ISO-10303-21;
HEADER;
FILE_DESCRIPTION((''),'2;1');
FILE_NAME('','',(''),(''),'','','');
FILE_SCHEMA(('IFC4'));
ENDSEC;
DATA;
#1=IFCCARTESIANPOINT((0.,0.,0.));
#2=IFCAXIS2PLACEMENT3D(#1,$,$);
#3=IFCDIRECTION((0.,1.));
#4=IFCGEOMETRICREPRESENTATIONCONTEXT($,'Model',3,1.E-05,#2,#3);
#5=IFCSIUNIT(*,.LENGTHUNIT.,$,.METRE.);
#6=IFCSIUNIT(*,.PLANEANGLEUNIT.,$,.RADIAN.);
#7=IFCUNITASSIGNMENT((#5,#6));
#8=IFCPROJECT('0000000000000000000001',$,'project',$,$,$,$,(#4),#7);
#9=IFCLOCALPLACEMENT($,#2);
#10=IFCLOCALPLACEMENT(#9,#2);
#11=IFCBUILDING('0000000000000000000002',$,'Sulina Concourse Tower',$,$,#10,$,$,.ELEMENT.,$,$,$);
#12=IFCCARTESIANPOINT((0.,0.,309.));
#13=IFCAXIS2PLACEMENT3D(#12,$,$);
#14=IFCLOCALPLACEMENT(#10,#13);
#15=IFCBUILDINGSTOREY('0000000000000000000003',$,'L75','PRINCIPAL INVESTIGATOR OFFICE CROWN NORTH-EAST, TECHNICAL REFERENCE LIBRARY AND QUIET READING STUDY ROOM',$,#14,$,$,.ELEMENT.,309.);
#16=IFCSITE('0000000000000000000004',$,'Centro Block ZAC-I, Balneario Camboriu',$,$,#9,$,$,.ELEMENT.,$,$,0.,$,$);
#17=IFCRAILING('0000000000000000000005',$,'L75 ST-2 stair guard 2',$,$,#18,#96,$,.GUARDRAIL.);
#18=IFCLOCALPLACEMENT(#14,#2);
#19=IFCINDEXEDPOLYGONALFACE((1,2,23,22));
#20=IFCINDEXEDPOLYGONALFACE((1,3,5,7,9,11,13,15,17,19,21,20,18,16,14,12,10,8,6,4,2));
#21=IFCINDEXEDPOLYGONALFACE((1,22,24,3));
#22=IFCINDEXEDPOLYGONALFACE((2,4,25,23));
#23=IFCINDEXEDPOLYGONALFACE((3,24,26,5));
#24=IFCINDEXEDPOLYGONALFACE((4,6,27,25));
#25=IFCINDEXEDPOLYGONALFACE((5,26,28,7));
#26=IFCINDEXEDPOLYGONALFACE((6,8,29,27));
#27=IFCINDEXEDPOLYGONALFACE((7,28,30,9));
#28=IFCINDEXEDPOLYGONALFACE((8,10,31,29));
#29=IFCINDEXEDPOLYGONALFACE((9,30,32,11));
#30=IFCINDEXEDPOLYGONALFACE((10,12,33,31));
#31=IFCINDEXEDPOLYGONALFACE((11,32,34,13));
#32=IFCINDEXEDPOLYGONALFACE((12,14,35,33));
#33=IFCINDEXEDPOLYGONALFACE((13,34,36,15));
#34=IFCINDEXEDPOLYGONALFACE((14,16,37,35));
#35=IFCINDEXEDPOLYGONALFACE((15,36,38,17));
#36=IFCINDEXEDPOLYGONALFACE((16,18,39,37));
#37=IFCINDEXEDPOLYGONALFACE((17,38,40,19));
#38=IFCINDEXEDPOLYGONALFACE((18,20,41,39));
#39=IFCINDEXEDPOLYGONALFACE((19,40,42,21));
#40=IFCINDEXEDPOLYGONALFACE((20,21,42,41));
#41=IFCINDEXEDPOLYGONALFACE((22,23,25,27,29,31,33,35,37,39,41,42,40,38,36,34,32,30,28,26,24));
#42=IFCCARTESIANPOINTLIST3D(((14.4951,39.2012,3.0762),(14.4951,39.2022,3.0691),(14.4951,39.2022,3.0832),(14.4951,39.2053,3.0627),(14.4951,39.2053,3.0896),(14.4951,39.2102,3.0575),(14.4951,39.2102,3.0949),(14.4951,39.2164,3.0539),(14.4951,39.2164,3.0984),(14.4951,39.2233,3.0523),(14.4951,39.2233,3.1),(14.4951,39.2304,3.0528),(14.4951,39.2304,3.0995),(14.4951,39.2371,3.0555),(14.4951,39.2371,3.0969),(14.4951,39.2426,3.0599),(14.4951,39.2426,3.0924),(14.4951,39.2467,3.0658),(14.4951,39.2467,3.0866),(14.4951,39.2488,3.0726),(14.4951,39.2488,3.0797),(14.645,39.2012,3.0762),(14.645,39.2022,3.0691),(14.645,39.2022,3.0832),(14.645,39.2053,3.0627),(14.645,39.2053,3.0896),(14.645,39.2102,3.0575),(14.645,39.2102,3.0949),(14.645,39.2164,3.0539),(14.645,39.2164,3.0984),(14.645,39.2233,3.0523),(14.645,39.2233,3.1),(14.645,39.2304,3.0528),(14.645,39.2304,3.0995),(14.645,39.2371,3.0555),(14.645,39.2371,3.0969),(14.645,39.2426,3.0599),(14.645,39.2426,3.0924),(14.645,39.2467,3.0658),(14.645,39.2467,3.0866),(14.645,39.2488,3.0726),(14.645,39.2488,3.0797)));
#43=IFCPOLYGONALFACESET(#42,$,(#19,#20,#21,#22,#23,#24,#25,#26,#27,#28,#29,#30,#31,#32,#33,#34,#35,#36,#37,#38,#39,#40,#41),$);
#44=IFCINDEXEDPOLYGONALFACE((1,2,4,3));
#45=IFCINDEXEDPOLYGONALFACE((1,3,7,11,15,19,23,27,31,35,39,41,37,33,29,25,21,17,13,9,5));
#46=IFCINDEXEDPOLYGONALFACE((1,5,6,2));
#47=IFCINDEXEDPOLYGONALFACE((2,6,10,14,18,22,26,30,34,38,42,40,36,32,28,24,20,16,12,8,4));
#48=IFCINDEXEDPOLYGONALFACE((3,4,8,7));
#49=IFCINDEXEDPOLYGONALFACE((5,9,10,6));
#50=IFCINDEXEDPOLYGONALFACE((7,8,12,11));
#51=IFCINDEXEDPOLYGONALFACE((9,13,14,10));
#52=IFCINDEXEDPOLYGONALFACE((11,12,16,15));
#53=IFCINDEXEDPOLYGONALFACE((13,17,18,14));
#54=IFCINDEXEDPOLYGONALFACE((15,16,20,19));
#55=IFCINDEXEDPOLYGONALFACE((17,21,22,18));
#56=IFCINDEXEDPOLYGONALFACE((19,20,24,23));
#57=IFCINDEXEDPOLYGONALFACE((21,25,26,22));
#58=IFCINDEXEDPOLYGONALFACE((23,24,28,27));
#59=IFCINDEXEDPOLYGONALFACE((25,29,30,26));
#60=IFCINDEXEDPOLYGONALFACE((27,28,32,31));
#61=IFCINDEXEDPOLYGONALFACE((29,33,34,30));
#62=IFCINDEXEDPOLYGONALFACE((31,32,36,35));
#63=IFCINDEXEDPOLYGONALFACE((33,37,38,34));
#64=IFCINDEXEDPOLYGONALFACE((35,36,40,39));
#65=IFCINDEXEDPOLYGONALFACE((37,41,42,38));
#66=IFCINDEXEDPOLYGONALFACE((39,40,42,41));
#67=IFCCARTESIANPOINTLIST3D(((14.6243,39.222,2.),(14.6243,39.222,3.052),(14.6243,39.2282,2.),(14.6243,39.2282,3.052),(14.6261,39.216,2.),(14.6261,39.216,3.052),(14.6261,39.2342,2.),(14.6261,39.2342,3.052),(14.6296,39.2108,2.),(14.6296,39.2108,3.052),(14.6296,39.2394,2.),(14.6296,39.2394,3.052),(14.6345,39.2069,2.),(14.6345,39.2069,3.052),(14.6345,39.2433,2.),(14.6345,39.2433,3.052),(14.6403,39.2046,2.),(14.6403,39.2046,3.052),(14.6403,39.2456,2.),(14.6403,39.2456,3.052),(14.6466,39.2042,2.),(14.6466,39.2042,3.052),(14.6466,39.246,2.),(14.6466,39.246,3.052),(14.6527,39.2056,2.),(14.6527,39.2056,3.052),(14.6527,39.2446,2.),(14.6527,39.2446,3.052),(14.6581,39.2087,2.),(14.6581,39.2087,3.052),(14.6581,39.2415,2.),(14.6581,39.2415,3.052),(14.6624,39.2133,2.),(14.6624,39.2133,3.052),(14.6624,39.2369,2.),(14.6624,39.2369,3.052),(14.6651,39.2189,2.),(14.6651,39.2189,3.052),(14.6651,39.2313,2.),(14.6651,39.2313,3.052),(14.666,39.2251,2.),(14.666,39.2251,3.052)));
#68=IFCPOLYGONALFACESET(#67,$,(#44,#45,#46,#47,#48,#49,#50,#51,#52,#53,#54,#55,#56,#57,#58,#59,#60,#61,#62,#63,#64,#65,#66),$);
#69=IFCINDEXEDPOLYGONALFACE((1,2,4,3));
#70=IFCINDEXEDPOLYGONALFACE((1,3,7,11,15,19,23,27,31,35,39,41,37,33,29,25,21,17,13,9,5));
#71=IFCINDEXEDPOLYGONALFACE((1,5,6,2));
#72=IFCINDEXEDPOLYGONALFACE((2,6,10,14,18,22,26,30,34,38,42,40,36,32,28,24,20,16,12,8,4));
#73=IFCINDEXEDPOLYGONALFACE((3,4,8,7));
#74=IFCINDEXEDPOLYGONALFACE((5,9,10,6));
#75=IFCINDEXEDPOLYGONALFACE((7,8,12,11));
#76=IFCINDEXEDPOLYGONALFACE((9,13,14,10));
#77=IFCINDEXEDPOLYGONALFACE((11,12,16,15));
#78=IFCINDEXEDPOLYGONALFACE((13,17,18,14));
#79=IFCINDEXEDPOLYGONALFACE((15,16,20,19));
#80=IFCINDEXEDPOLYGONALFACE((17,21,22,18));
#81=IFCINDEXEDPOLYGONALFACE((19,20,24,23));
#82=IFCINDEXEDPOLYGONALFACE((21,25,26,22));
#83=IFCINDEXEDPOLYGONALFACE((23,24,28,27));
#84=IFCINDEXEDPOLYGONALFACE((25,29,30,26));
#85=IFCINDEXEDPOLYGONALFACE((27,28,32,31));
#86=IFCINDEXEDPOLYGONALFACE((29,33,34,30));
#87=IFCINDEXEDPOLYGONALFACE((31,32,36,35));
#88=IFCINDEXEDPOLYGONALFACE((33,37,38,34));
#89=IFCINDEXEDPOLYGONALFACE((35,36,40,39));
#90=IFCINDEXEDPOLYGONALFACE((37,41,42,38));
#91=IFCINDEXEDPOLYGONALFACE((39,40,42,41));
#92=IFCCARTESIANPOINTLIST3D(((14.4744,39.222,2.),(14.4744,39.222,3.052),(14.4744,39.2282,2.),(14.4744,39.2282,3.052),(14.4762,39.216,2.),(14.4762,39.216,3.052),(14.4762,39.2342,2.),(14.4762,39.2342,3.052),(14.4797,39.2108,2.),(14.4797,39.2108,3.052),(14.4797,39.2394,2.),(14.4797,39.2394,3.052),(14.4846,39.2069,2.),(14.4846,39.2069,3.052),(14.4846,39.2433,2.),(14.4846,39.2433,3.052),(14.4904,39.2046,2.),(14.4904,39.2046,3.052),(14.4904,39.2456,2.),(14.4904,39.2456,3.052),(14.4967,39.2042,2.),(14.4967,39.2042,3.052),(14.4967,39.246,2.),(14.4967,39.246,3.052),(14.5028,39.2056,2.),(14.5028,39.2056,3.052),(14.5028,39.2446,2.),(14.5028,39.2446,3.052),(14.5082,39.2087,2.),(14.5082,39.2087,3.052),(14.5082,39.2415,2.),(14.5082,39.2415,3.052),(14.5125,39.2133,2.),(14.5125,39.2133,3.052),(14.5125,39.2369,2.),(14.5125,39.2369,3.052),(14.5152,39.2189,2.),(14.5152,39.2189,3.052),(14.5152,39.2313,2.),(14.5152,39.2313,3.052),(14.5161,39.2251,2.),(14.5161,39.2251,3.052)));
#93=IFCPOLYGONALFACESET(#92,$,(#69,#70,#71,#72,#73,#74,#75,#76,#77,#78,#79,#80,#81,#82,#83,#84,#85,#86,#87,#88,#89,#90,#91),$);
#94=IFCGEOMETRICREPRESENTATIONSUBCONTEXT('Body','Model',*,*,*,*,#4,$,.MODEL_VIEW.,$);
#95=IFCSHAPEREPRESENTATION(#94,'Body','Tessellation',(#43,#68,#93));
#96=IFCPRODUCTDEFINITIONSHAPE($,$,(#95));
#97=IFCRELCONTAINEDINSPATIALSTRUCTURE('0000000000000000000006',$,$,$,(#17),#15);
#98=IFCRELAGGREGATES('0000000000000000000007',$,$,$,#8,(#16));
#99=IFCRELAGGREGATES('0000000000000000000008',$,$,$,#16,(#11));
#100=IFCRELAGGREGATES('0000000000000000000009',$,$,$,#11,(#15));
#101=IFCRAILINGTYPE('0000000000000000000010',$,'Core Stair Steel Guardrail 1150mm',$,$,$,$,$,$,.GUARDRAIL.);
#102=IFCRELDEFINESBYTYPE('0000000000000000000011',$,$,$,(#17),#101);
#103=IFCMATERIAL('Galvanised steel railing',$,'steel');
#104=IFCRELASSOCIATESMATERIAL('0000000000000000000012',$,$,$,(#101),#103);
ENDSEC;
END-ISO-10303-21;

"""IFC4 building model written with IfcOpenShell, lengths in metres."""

from ifc_helpers import new_model, si_unit, direction, frame, origin, origin_2d, place, context, subcontext, project, spatial, circle, extrude, material, type_object, element, save


model = new_model("IFC4")

# Units and contexts
model_context = context("Model", 3, precision=1e-05, world=origin(), true_north=direction((0.0, 1.0)))
body_context = subcontext(model_context, "Body", "Model", "MODEL_VIEW")
ifc_project = project(units=[si_unit("LENGTHUNIT", "METRE"), si_unit("PLANEANGLEUNIT", "RADIAN")], contexts=[model_context])

# Site, building, storey
site_placement = place(None, origin())
site = spatial("IfcSite", under=ifc_project, at=site_placement, Name="Centro Block ZAC-I, Balneario Camboriu", CompositionType="ELEMENT", RefElevation=0.0)
building_placement = place(site_placement, origin())
building = spatial("IfcBuilding", under=site, at=building_placement, Name="Sulina Concourse Tower", CompositionType="ELEMENT")
storey_placement = place(building_placement, frame((0.0, 0.0, 309.0)))
storey = spatial("IfcBuildingStorey", under=building, at=storey_placement, Name="L75", Description="PRINCIPAL INVESTIGATOR OFFICE CROWN NORTH-EAST, TECHNICAL REFERENCE LIBRARY AND QUIET READING STUDY ROOM", CompositionType="ELEMENT", Elevation=309.0)

# Railing
ifc_material_1 = material(Name="Galvanised steel railing", Category="steel")
railing_type_1 = type_object("IfcRailingType", Name="Core Stair Steel Guardrail 1150mm", PredefinedType="GUARDRAIL", material=ifc_material_1)
railing_1_placement = place(storey_placement, frame((14.645, 39.2251, 2.0)))
element("IfcRailing", 1, at=railing_1_placement, inside=storey, type_object=railing_type_1, Name="L75 ST-2 stair guard 2", PredefinedType="GUARDRAIL", context=body_context, shape_type="SweptSolid", body=[
    extrude(circle(Radius=0.0239, at=origin_2d()), frame((0.0, 0.0, 1.0762), z_axis=(-1.0, 0.0, 0.0), x_axis=(0.0, -1.0, 0.0)), (0.0, 0.0, 1.0), 0.1499),
    extrude(circle(Radius=0.021, at=origin_2d()), origin(), (0.0, 0.0, 1.0), 1.052),
    extrude(circle(Radius=0.021, at=origin_2d()), frame((-0.1499, 0.0, 0.0)), (0.0, 0.0, 1.0), 1.052),
])

save(model, "model.ifc")
